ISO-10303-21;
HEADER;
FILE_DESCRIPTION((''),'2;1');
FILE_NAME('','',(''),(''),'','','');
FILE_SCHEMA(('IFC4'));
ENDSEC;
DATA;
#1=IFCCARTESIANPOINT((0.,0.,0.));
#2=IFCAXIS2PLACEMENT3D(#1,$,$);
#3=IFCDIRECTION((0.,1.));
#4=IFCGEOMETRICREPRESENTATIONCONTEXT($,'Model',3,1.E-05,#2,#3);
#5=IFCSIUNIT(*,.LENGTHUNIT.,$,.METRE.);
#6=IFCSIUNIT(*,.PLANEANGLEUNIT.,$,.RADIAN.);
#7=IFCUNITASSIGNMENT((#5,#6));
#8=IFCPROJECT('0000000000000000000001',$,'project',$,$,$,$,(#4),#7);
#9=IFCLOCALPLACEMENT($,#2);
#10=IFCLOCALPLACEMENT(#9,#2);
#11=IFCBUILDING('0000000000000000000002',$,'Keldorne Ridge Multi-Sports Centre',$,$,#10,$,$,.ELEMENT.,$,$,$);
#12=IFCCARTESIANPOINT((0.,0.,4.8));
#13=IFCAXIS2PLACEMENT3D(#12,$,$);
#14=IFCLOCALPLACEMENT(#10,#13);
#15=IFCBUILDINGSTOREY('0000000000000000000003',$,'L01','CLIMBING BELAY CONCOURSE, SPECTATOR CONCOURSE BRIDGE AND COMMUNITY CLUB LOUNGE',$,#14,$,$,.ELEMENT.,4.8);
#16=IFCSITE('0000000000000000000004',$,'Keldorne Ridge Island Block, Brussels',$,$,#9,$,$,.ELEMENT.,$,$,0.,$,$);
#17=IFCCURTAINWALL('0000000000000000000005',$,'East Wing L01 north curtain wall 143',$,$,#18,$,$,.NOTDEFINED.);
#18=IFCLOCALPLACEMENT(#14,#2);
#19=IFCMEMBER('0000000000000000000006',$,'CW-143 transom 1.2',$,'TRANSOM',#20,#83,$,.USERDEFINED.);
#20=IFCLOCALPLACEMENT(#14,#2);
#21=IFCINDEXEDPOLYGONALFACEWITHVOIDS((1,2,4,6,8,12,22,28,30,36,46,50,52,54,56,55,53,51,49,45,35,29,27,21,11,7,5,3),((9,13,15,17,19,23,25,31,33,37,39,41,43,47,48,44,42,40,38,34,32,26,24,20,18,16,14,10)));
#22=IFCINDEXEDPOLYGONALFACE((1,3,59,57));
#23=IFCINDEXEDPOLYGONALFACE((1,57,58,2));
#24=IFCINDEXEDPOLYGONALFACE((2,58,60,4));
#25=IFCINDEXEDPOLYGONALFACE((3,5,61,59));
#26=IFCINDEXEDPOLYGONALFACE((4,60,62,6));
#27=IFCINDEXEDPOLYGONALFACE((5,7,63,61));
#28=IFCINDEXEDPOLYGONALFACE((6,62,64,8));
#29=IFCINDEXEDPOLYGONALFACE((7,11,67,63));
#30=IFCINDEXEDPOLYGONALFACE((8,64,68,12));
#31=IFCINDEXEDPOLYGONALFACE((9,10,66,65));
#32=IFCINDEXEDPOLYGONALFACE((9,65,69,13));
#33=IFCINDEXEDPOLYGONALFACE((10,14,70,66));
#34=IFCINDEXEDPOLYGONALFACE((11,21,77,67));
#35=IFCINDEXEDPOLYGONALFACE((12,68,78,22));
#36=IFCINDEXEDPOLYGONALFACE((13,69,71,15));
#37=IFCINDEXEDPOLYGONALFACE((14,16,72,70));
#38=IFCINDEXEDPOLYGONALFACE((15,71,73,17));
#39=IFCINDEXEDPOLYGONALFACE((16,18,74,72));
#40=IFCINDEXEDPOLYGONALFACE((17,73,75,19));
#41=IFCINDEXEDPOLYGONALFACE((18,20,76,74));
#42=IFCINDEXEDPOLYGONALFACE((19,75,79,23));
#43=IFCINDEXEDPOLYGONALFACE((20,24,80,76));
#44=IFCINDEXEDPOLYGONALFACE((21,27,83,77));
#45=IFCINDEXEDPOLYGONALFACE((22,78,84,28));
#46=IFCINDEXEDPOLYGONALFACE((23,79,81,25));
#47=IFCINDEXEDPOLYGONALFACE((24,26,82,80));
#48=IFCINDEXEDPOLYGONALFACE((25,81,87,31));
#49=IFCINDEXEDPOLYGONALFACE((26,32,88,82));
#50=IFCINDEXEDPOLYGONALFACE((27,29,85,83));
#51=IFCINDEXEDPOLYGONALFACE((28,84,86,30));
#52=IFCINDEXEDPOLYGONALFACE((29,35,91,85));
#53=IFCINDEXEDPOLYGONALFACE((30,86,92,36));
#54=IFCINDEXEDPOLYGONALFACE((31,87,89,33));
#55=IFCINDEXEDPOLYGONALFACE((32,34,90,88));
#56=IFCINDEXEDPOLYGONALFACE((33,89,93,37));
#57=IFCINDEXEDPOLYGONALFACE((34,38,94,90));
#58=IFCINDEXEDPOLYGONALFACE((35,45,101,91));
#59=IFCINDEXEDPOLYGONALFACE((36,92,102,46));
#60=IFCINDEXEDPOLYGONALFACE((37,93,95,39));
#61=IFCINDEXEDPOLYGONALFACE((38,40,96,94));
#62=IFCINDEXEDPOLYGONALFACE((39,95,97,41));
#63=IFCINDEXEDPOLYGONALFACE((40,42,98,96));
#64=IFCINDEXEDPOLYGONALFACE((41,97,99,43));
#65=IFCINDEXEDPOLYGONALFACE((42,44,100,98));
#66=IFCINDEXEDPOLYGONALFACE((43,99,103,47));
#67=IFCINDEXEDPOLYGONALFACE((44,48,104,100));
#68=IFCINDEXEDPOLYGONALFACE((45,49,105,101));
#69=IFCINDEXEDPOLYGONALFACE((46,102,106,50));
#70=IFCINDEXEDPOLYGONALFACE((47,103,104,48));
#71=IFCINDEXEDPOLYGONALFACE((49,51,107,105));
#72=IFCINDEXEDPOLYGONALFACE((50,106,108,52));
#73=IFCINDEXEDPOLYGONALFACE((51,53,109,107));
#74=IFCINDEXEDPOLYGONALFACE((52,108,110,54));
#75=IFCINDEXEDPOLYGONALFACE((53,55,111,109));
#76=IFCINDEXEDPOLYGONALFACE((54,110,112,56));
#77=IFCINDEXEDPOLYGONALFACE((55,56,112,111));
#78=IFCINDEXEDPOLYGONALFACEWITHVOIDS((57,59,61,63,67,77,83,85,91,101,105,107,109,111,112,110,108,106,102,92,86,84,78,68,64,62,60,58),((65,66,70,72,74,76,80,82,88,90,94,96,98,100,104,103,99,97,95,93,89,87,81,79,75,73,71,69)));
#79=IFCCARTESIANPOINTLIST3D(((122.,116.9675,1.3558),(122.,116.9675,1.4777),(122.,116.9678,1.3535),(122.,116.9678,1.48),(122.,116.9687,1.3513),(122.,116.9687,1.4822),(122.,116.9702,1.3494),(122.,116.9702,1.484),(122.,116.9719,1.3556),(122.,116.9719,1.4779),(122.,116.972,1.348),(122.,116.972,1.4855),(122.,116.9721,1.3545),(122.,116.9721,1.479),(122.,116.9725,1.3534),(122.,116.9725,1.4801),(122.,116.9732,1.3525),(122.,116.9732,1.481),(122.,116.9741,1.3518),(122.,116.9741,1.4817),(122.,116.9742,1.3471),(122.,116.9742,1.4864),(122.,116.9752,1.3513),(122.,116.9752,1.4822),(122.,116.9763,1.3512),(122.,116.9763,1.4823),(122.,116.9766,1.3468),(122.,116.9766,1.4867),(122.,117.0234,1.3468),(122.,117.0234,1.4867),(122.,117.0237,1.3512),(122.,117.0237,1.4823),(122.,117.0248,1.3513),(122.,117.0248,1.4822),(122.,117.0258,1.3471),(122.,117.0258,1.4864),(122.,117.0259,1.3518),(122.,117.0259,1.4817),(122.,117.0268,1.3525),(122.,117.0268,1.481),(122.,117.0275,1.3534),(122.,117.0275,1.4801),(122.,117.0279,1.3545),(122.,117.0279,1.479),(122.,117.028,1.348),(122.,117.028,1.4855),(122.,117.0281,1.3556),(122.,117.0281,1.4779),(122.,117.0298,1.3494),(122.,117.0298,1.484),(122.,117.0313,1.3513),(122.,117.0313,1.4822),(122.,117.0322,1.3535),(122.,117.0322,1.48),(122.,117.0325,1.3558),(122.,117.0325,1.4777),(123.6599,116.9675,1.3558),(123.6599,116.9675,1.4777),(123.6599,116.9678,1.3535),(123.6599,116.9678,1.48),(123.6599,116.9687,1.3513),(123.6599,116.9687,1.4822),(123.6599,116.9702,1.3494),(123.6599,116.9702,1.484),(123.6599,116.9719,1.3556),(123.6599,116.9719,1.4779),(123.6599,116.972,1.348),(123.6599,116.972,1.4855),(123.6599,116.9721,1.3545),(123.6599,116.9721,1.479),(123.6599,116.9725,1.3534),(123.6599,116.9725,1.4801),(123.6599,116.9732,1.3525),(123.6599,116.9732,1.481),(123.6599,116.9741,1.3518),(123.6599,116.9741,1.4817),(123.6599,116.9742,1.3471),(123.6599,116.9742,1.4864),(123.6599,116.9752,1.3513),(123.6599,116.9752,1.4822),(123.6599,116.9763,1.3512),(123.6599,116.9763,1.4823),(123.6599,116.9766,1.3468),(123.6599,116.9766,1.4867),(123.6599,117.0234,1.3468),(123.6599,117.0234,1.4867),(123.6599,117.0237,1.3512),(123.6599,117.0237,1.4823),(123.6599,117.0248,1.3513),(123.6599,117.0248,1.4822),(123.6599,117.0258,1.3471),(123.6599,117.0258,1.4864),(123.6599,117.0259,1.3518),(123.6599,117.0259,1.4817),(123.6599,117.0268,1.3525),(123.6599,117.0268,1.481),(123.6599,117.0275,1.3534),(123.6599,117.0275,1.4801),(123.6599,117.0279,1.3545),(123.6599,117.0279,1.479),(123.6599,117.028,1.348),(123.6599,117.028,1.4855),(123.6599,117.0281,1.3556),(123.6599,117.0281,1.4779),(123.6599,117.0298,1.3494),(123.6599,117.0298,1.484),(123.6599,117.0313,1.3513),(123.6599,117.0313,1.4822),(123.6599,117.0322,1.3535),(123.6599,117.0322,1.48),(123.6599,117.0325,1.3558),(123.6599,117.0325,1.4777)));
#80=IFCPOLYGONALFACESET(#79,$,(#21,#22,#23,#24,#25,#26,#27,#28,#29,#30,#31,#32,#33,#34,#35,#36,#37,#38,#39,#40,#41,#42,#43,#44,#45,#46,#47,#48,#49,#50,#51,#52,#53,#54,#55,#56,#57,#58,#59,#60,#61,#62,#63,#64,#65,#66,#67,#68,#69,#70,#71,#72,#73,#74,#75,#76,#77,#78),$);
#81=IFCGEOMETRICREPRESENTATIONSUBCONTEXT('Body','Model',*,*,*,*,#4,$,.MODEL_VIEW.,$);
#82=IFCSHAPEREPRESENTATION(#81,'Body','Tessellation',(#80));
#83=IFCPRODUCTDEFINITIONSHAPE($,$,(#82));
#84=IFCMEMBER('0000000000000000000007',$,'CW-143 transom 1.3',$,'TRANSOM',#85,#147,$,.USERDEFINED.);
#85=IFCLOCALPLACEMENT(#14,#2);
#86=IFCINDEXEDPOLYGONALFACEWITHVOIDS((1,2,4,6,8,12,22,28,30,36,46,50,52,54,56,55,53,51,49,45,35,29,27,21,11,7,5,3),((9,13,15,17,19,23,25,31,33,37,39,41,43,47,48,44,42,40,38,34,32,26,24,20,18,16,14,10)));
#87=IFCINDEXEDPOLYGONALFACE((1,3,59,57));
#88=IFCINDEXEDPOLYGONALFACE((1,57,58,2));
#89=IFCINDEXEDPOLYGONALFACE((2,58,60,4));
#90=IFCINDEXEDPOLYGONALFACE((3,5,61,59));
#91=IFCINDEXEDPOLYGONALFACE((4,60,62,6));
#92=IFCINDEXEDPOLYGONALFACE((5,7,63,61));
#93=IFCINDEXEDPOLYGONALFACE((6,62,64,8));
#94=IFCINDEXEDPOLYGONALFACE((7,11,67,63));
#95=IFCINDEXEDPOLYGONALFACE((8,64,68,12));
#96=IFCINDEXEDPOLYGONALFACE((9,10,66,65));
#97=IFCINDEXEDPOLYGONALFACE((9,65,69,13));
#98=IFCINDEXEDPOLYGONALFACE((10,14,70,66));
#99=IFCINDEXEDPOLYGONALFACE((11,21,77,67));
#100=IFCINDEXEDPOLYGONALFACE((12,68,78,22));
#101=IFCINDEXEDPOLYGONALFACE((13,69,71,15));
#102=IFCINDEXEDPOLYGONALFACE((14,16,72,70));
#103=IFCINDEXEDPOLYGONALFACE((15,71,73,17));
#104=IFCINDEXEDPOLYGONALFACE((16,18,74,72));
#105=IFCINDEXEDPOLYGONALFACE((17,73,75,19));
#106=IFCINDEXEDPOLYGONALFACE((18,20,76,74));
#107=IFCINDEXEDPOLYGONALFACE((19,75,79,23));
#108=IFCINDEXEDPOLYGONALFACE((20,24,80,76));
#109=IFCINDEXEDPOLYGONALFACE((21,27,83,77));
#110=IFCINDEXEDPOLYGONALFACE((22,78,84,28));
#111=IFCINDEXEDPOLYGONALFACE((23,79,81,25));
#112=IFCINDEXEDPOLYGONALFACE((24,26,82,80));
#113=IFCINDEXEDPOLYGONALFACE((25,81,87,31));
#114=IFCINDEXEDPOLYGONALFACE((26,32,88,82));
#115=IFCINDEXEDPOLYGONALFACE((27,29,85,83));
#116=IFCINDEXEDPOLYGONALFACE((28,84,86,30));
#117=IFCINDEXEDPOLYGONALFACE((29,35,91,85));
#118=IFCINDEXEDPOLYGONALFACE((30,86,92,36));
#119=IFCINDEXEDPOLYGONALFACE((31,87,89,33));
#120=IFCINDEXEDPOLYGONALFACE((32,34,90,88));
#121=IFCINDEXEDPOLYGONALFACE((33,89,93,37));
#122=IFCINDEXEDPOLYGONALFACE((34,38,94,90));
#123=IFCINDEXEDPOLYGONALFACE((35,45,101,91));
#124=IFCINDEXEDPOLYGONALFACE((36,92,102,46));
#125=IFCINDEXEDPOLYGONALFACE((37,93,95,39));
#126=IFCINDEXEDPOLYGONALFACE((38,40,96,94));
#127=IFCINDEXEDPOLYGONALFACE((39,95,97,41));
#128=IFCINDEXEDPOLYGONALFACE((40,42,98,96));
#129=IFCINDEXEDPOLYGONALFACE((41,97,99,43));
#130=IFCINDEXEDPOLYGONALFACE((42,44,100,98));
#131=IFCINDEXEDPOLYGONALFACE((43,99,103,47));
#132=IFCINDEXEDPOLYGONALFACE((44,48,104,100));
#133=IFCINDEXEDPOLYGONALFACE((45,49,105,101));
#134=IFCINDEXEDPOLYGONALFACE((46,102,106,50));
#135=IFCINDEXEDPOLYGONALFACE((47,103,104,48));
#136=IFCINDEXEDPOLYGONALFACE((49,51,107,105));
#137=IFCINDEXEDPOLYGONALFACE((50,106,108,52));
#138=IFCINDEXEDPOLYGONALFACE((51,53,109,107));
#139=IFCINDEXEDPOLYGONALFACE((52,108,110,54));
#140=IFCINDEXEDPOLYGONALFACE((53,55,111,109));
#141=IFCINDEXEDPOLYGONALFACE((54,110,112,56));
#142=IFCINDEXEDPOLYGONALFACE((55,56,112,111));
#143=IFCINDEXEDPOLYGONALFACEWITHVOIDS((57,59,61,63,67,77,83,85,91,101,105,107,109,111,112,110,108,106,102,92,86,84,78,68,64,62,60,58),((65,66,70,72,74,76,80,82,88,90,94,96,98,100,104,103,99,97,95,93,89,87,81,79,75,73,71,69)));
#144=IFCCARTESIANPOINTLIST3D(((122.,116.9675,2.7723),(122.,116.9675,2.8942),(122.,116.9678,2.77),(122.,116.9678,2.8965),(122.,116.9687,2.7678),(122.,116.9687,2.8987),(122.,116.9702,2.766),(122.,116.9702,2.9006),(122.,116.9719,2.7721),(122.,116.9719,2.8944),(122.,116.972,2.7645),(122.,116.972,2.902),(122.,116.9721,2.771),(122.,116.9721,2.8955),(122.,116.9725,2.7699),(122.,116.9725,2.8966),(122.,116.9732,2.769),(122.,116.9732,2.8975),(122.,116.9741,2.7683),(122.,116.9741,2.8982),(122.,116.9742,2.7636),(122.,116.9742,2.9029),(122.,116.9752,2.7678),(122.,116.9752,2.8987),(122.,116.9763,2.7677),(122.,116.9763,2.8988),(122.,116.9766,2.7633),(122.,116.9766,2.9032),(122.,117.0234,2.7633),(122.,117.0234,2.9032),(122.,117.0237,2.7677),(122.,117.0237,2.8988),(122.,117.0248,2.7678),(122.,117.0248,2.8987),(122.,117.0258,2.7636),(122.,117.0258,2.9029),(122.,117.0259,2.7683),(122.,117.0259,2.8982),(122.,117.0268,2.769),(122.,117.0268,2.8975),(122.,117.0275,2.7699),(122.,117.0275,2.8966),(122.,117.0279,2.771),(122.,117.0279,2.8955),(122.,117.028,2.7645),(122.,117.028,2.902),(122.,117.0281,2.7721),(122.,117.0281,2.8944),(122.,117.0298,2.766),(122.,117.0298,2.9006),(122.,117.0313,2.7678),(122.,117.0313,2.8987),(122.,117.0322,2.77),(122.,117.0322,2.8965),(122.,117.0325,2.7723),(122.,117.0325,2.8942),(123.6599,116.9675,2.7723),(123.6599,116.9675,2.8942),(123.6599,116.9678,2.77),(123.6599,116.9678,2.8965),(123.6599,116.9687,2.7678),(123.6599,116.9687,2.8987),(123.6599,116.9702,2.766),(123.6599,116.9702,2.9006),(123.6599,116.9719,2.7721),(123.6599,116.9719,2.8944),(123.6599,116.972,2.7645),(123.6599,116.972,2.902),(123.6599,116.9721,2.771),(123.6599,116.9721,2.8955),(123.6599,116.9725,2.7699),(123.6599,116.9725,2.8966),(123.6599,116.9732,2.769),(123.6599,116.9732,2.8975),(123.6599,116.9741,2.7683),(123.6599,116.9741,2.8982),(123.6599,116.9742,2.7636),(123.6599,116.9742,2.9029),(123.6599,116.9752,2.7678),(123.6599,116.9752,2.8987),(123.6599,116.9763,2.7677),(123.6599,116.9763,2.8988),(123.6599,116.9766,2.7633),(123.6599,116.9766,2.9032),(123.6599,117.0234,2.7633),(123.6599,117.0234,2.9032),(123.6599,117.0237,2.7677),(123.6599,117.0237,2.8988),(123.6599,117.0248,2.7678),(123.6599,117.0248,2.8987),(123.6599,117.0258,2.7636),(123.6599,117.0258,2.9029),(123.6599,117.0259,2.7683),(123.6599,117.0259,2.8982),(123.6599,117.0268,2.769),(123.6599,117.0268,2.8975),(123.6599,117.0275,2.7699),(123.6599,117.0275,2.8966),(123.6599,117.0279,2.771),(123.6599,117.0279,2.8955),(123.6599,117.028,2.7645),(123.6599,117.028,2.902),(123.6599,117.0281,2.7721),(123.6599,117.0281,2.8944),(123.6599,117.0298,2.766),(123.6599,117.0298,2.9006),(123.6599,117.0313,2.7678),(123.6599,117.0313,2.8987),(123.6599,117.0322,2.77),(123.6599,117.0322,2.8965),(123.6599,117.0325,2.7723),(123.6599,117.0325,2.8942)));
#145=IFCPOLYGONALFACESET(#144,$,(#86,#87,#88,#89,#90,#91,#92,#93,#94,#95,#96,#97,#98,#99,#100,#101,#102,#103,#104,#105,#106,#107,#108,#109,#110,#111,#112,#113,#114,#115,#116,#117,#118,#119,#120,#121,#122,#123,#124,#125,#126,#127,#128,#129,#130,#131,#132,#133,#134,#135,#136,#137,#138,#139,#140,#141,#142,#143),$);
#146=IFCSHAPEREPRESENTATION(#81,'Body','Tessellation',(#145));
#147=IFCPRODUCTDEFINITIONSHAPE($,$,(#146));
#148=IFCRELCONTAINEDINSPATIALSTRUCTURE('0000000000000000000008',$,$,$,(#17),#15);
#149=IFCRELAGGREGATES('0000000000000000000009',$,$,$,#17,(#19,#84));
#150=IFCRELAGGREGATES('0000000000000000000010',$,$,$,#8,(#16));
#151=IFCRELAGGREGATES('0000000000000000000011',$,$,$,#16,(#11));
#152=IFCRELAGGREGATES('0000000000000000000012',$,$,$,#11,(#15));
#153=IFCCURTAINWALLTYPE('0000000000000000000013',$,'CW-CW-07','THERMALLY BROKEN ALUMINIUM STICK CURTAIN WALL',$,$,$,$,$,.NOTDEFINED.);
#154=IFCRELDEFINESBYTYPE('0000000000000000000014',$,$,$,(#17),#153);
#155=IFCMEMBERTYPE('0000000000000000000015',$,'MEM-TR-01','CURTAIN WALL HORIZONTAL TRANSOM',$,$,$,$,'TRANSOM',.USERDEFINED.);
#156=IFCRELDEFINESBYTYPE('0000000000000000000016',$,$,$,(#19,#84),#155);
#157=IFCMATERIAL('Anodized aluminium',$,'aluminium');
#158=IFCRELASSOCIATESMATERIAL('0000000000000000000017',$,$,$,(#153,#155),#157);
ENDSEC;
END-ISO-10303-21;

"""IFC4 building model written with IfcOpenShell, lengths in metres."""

from ifc_helpers import new_model, si_unit, direction, frame, origin, origin_2d, place, context, subcontext, project, spatial, hollow_rectangle, extrude, material, material_profile, profile_set, type_object, element, aggregate, save


model = new_model("IFC4")

# Units and contexts
model_context = context("Model", 3, precision=1e-05, world=origin(), true_north=direction((0.0, 1.0)))
body_context = subcontext(model_context, "Body", "Model", "MODEL_VIEW")
ifc_project = project(units=[si_unit("LENGTHUNIT", "METRE"), si_unit("PLANEANGLEUNIT", "RADIAN")], contexts=[model_context])

# Site, building, storey
site_placement = place(None, origin())
site = spatial("IfcSite", under=ifc_project, at=site_placement, Name="Keldorne Ridge Island Block, Brussels", CompositionType="ELEMENT", RefElevation=0.0)
building_placement = place(site_placement, origin())
building = spatial("IfcBuilding", under=site, at=building_placement, Name="Keldorne Ridge Multi-Sports Centre", CompositionType="ELEMENT")
storey_placement = place(building_placement, frame((0.0, 0.0, 4.8)))
storey = spatial("IfcBuildingStorey", under=building, at=storey_placement, Name="L01", Description="CLIMBING BELAY CONCOURSE, SPECTATOR CONCOURSE BRIDGE AND COMMUNITY CLUB LOUNGE", CompositionType="ELEMENT", Elevation=4.8)

# Curtain wall
ifc_material_1 = material(Name="Anodized aluminium", Category="aluminium")
curtain_wall_type_1 = type_object("IfcCurtainWallType", Name="CW-CW-07", Description="THERMALLY BROKEN ALUMINIUM STICK CURTAIN WALL", PredefinedType="NOTDEFINED", material=ifc_material_1)
curtain_wall_1_placement = place(storey_placement, origin())
curtain_wall_1 = element("IfcCurtainWall", 1, at=curtain_wall_1_placement, inside=storey, type_object=curtain_wall_type_1, Name="East Wing L01 north curtain wall 143", PredefinedType="NOTDEFINED")

# Members
ifc_material_profile_1 = material_profile(ifc_material_1, hollow_rectangle(XDim=0.0649, YDim=0.1399, WallThickness=0.0044, InnerFilletRadius=0.0044, OuterFilletRadius=0.009, at=origin_2d()), Name="ALU TRANSOM 140x65x4.5")
ifc_profile_set_1 = profile_set([ifc_material_profile_1], Name="Anodized aluminium")
member_type_1 = type_object("IfcMemberType", Name="MEM-TR-01", Description="CURTAIN WALL HORIZONTAL TRANSOM", ElementType="TRANSOM", PredefinedType="USERDEFINED", material=ifc_profile_set_1)
member_1_placement = place(storey_placement, frame((123.6599, 117.0, 1.4167), z_axis=(-1.0, 0.0, 0.0), x_axis=(0.0, -1.0, 0.0)))
member_1 = element("IfcMember", 2, at=member_1_placement, type_object=member_type_1, Name="CW-143 transom 1.2", ObjectType="TRANSOM", PredefinedType="USERDEFINED", context=body_context, shape_type="SweptSolid", body=[
    extrude(hollow_rectangle(XDim=0.0649, YDim=0.1399, WallThickness=0.0044, InnerFilletRadius=0.0044, OuterFilletRadius=0.009, at=origin_2d()), origin(), (0.0, 0.0, 1.0), 1.6599),
])
member_2_placement = place(storey_placement, frame((123.6599, 117.0, 2.8333), z_axis=(-1.0, 0.0, 0.0), x_axis=(0.0, -1.0, 0.0)))
member_2 = element("IfcMember", 3, at=member_2_placement, type_object=member_type_1, Name="CW-143 transom 1.3", ObjectType="TRANSOM", PredefinedType="USERDEFINED", context=body_context, shape_type="SweptSolid", body=[
    extrude(hollow_rectangle(XDim=0.0649, YDim=0.1399, WallThickness=0.0044, InnerFilletRadius=0.0044, OuterFilletRadius=0.009, at=origin_2d()), origin(), (0.0, 0.0, 1.0), 1.6599),
])
aggregate(curtain_wall_1, [member_1, member_2])

save(model, "model.ifc")
